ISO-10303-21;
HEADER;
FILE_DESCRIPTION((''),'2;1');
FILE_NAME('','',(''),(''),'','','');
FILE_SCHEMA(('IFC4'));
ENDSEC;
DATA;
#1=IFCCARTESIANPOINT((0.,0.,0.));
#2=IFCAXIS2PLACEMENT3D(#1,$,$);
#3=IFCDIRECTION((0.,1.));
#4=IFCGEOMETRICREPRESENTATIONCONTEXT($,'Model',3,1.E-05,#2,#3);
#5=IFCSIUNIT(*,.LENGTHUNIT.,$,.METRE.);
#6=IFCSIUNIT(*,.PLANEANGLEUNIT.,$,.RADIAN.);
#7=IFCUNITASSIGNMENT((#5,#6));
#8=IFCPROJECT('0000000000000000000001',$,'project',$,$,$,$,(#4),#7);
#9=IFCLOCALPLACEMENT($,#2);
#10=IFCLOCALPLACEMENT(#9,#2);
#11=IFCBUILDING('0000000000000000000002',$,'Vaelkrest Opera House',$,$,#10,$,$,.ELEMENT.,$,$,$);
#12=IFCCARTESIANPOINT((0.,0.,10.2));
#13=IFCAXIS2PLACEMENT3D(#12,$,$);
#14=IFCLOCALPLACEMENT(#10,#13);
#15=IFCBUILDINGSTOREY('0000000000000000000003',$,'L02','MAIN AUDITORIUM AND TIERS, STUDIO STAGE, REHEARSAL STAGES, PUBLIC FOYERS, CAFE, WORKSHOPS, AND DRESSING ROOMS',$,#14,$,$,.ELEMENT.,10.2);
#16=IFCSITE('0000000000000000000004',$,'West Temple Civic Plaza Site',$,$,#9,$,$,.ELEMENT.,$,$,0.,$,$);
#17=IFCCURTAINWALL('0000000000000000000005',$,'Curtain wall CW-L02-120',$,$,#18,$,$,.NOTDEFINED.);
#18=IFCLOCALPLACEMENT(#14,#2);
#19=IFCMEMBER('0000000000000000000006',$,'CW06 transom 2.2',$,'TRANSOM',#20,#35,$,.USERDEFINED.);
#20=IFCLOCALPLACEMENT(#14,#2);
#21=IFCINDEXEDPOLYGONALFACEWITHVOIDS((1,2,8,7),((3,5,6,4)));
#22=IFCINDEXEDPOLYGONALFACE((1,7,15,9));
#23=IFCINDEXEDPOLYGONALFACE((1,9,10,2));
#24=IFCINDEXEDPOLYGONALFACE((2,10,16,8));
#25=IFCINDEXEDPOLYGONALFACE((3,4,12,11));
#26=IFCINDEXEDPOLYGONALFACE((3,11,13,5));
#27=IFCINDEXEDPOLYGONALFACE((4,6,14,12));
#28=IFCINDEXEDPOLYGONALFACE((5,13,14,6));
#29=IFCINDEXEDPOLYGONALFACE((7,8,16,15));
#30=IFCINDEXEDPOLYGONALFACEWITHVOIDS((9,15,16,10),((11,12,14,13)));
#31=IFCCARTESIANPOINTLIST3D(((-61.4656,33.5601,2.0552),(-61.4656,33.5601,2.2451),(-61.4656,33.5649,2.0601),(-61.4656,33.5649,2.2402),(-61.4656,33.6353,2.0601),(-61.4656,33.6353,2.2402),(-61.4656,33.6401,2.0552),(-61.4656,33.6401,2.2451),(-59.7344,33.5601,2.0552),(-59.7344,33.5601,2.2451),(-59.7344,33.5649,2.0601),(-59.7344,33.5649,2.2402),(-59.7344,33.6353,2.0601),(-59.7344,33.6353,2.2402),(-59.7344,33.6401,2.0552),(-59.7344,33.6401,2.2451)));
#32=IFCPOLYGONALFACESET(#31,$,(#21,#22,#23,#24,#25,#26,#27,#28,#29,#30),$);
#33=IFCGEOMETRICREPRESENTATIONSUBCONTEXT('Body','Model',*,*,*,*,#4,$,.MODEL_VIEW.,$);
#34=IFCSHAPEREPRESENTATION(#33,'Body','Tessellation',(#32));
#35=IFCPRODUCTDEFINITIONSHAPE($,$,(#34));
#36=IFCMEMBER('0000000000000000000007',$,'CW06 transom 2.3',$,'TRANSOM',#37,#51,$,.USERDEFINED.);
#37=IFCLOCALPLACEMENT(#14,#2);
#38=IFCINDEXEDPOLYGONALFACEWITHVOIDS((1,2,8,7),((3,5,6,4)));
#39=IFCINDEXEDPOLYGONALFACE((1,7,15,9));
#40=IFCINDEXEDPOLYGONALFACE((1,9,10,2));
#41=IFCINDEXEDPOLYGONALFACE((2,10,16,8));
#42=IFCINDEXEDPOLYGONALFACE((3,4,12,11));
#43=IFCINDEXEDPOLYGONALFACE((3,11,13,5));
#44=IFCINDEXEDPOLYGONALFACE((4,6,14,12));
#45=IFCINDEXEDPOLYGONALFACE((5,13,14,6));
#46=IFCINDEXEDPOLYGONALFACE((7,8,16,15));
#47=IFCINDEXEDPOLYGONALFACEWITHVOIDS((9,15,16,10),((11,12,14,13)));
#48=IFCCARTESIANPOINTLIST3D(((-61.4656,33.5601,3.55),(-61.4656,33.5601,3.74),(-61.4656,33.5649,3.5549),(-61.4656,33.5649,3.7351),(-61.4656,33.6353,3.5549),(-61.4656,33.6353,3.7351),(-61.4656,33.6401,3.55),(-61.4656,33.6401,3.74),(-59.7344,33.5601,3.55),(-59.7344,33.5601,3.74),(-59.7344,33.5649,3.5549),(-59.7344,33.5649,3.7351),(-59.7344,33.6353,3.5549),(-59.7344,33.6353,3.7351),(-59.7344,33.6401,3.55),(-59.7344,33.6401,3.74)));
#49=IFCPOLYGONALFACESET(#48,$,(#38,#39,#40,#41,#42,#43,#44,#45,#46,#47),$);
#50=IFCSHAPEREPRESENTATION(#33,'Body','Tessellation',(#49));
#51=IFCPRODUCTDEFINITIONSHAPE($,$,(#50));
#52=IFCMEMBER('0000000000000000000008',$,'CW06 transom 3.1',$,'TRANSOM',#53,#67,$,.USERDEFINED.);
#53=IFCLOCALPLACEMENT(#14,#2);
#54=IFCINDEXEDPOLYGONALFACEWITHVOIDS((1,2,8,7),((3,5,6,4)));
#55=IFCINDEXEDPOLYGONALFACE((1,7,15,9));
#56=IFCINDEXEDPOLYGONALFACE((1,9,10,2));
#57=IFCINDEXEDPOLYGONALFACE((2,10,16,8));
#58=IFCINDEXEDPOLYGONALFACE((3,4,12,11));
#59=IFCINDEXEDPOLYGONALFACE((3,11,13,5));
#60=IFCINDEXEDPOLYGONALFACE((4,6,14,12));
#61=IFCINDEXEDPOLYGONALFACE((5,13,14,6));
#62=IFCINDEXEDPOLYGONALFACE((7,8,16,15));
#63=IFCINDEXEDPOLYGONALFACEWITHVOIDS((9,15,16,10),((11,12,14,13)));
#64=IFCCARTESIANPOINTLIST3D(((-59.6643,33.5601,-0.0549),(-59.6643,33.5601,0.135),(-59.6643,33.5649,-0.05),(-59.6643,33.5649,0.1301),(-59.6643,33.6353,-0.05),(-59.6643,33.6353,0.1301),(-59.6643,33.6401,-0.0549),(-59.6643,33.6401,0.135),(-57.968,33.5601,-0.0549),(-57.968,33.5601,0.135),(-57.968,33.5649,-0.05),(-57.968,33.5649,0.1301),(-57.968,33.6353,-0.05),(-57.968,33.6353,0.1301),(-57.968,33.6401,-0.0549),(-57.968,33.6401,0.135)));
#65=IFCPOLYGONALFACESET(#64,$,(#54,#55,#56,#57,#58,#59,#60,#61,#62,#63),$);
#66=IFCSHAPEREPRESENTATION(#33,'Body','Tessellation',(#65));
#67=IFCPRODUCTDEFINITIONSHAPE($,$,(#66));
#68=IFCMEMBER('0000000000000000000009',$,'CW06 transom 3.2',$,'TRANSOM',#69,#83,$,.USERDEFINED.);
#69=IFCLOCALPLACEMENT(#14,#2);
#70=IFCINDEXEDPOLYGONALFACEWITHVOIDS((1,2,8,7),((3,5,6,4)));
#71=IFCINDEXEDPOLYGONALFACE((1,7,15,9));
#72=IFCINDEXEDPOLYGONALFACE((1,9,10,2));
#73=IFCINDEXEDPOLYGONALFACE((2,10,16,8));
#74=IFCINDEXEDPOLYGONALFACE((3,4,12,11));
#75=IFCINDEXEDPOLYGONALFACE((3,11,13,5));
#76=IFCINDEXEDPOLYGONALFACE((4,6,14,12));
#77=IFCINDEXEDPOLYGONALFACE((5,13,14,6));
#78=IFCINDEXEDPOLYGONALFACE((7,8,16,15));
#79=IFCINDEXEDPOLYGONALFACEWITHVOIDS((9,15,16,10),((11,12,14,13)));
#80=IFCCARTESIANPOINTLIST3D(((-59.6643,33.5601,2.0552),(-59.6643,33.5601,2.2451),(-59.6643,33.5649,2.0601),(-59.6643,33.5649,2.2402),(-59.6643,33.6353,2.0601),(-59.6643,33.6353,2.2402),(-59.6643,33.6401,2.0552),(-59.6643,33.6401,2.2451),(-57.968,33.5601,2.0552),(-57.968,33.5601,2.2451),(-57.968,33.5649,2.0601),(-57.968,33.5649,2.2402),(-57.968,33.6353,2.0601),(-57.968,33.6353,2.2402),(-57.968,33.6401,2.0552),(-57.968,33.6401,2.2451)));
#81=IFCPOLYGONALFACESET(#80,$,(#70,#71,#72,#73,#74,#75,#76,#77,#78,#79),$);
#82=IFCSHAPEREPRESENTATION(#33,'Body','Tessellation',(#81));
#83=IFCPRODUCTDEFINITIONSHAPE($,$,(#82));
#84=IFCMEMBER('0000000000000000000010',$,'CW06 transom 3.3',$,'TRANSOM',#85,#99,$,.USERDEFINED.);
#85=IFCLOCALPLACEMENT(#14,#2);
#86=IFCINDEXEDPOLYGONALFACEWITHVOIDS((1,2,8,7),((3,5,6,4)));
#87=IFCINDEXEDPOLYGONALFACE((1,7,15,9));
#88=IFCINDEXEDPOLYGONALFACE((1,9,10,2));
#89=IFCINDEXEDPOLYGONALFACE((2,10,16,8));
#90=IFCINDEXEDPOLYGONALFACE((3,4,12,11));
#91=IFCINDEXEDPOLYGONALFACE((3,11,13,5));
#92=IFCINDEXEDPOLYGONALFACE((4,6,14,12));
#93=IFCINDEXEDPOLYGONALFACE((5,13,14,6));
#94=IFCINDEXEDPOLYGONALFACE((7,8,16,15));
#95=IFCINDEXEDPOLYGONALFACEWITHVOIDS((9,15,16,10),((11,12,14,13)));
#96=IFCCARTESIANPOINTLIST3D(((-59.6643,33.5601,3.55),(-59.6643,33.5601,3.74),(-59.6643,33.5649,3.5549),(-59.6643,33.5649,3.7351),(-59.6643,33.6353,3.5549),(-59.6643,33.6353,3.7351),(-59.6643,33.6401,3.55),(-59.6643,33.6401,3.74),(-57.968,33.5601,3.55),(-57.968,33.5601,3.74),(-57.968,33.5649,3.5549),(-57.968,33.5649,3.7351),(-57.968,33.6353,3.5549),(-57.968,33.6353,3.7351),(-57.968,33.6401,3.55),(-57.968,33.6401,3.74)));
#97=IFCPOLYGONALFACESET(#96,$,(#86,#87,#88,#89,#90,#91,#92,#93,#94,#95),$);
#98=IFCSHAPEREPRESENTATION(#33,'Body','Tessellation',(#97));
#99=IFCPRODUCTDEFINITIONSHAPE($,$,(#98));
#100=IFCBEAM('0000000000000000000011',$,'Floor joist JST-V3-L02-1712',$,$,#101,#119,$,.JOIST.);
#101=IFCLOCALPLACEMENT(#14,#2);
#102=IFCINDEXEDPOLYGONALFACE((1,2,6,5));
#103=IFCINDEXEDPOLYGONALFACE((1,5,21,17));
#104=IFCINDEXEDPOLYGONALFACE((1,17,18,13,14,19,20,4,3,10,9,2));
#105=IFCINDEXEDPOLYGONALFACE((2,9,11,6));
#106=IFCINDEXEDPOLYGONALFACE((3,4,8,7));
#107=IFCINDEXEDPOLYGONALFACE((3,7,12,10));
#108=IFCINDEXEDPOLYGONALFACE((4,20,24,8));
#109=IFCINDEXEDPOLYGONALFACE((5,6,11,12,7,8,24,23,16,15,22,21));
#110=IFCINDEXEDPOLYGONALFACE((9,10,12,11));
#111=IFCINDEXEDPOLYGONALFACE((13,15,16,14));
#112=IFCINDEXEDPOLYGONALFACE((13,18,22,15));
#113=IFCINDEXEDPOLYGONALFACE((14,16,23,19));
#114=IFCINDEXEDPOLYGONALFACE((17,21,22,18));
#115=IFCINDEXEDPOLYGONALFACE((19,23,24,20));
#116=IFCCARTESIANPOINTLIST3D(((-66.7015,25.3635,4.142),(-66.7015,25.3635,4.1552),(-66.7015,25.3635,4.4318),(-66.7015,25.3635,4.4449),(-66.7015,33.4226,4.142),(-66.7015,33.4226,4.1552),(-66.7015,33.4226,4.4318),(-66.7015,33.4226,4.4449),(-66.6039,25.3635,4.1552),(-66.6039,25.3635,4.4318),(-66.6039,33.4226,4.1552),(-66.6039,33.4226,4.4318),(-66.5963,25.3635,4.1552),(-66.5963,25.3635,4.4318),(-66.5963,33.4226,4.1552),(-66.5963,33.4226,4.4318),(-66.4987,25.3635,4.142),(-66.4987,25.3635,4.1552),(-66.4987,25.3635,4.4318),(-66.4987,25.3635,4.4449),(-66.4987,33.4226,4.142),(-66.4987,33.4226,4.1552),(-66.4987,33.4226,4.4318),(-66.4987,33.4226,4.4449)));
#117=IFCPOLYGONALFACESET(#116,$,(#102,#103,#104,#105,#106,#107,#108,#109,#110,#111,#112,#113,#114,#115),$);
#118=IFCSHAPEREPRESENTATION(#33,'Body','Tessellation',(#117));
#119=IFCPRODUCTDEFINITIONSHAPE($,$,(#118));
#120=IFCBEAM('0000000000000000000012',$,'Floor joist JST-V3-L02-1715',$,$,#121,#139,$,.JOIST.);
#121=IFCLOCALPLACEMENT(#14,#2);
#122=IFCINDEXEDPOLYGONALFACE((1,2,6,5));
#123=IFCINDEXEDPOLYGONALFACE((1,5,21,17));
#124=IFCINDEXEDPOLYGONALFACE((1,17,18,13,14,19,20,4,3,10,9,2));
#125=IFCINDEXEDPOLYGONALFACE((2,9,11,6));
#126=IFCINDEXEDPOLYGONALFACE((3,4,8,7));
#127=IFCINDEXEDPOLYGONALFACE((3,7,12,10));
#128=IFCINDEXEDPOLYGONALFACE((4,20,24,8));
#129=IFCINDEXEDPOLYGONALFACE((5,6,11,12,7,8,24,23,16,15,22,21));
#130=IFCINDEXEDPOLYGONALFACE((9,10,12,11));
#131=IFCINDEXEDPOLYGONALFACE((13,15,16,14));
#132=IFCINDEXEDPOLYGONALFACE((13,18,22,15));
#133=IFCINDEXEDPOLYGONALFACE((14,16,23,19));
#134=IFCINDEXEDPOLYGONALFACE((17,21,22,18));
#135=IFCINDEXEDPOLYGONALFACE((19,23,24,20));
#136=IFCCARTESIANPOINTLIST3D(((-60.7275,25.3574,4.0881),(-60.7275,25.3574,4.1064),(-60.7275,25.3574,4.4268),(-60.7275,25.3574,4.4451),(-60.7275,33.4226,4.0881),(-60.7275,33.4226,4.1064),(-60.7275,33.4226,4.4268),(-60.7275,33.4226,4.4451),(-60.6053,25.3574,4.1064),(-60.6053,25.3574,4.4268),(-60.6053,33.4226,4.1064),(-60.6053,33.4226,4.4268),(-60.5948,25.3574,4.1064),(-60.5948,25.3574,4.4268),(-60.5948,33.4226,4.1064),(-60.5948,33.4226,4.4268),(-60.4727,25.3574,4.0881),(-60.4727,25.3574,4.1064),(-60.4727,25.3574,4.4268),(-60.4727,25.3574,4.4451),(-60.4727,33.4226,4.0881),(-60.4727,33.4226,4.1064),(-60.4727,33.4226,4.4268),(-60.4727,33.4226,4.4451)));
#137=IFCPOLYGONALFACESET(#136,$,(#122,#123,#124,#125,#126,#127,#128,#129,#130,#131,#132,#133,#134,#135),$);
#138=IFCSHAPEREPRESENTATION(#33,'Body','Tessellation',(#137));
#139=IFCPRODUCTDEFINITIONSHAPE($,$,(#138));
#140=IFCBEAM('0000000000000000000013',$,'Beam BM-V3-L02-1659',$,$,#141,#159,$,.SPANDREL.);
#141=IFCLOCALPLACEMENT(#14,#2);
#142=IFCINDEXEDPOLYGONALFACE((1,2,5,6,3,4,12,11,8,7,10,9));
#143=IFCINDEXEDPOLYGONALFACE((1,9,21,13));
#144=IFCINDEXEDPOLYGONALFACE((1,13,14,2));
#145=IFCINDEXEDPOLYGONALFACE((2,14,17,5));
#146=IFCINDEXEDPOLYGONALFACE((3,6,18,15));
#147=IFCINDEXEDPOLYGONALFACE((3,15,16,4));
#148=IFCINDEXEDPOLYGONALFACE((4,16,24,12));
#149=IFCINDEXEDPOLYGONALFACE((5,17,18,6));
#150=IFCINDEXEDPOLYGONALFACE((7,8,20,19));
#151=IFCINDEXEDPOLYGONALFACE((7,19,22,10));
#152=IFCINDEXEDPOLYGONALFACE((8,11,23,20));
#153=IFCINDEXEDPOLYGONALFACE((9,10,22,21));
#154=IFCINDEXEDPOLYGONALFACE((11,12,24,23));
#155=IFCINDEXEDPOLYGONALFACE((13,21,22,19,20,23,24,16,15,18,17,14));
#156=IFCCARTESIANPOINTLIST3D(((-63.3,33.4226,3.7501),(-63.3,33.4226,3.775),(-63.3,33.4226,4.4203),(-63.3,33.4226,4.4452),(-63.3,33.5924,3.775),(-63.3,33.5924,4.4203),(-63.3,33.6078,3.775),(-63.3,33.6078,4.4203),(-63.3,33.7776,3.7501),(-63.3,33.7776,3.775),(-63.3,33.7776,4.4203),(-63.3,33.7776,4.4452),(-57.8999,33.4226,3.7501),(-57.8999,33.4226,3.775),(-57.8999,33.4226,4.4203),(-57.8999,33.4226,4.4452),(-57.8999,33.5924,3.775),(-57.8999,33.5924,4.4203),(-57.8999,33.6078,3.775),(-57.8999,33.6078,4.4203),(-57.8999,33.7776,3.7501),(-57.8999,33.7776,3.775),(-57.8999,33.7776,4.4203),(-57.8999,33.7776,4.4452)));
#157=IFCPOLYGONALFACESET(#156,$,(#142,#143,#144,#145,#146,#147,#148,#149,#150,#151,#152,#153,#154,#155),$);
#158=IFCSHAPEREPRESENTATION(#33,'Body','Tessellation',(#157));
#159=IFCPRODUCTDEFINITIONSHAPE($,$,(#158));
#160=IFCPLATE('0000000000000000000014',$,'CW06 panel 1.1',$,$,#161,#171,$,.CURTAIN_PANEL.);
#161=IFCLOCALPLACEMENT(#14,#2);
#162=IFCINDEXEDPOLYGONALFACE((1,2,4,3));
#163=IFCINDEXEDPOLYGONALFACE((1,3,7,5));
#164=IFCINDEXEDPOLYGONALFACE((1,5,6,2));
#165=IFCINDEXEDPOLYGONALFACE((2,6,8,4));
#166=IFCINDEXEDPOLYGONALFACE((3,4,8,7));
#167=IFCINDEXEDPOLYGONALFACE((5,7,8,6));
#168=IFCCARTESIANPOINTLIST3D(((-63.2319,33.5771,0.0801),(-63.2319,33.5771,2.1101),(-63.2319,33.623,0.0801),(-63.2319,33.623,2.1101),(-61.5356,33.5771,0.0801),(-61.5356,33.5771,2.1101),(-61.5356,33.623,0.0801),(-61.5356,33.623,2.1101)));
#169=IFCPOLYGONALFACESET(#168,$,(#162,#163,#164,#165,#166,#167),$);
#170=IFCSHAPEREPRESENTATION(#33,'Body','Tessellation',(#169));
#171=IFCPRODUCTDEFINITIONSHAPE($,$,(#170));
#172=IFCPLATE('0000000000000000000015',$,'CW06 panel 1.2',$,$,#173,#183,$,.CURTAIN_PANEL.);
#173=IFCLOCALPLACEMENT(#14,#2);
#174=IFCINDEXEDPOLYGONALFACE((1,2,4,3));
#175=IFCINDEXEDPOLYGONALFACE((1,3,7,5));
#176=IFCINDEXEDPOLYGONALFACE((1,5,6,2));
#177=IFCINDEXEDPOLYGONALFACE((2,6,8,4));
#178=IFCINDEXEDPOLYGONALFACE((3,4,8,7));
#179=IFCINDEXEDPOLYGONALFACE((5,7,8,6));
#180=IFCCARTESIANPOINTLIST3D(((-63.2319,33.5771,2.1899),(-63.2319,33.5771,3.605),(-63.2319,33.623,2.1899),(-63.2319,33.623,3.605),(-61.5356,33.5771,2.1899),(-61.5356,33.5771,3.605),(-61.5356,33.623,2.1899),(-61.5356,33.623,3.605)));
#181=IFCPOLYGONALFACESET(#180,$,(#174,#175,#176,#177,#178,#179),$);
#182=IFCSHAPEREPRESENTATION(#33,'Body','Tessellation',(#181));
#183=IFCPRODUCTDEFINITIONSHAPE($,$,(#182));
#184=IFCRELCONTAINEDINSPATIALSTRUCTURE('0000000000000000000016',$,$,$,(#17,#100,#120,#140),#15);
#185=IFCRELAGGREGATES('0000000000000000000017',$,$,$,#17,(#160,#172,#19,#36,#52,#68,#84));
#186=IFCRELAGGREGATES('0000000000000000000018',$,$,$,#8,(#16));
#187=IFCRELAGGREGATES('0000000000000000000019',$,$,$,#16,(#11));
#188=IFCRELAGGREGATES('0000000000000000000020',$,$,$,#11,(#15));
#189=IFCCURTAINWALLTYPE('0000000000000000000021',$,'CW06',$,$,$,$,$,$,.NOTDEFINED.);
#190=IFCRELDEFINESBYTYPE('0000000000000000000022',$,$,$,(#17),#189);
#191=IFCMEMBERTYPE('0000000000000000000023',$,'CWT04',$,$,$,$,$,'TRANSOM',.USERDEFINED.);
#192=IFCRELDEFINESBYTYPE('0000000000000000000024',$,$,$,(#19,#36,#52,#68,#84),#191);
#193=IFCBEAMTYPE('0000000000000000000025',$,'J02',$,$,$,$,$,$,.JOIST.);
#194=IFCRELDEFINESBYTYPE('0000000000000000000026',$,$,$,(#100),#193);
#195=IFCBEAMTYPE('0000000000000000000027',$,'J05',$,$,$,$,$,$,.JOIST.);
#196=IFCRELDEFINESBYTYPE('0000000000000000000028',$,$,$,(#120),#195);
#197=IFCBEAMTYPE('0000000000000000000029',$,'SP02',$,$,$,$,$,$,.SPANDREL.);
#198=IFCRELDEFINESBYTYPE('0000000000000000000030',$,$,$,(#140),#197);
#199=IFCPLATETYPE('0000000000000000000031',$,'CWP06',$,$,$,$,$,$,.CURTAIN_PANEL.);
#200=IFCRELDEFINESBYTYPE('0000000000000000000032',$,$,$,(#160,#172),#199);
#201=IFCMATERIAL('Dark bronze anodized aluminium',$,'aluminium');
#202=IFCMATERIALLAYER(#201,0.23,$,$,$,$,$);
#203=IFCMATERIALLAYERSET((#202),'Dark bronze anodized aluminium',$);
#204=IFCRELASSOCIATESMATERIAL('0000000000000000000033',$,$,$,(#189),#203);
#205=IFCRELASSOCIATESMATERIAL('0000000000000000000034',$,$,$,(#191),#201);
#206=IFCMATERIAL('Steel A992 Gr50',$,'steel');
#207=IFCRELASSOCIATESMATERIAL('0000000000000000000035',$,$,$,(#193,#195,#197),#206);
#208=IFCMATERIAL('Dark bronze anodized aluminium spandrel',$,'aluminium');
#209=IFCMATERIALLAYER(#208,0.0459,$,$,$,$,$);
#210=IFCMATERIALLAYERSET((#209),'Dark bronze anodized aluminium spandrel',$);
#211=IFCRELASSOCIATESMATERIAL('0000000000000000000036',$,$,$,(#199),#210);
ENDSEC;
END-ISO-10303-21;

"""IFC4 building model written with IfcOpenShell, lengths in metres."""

from ifc_helpers import new_model, si_unit, direction, frame, origin, origin_2d, place, context, subcontext, project, spatial, rectangle, hollow_rectangle, i_section, extrude, material, layer, layer_set, material_profile, profile_set, type_object, element, aggregate, save


model = new_model("IFC4")

# Units and contexts
model_context = context("Model", 3, precision=1e-05, world=origin(), true_north=direction((0.0, 1.0)))
body_context = subcontext(model_context, "Body", "Model", "MODEL_VIEW")
ifc_project = project(units=[si_unit("LENGTHUNIT", "METRE"), si_unit("PLANEANGLEUNIT", "RADIAN")], contexts=[model_context])

# Site, building, storey
site_placement = place(None, origin())
site = spatial("IfcSite", under=ifc_project, at=site_placement, Name="West Temple Civic Plaza Site", CompositionType="ELEMENT", RefElevation=0.0)
building_placement = place(site_placement, origin())
building = spatial("IfcBuilding", under=site, at=building_placement, Name="Vaelkrest Opera House", CompositionType="ELEMENT")
storey_placement = place(building_placement, frame((0.0, 0.0, 10.2)))
storey = spatial("IfcBuildingStorey", under=building, at=storey_placement, Name="L02", Description="MAIN AUDITORIUM AND TIERS, STUDIO STAGE, REHEARSAL STAGES, PUBLIC FOYERS, CAFE, WORKSHOPS, AND DRESSING ROOMS", CompositionType="ELEMENT", Elevation=10.2)

# Shared definitions
ifc_material_1 = material(Name="Steel A992 Gr50", Category="steel")

# Curtain wall, members
ifc_material_2 = material(Name="Dark bronze anodized aluminium", Category="aluminium")
ifc_layer_1 = layer(ifc_material_2, 0.23)
ifc_layer_set_1 = layer_set([ifc_layer_1], Name="Dark bronze anodized aluminium")
curtain_wall_type = type_object("IfcCurtainWallType", Name="CW06", PredefinedType="NOTDEFINED", material=ifc_layer_set_1)
curtain_wall_placement = place(storey_placement, origin())
curtain_wall = element("IfcCurtainWall", 1, at=curtain_wall_placement, inside=storey, type_object=curtain_wall_type, Name="Curtain wall CW-L02-120", PredefinedType="NOTDEFINED")
ifc_material_profile_1 = material_profile(ifc_material_2, hollow_rectangle(XDim=0.0801, YDim=0.1899, WallThickness=0.0049, at=origin_2d()), Name="CWT80X190")
ifc_profile_set_1 = profile_set([ifc_material_profile_1], Name="Dark bronze anodized aluminium")
member_type_1 = type_object("IfcMemberType", Name="CWT04", ElementType="TRANSOM", PredefinedType="USERDEFINED", material=ifc_profile_set_1)
member_1_placement = place(storey_placement, frame((-61.4656, 33.6001, 2.1501), z_axis=(1.0, 0.0, 0.0), x_axis=(0.0, 1.0, 0.0)))
member_1 = element("IfcMember", 2, at=member_1_placement, type_object=member_type_1, Name="CW06 transom 2.2", ObjectType="TRANSOM", PredefinedType="USERDEFINED", context=body_context, shape_type="SweptSolid", body=[
    extrude(hollow_rectangle(XDim=0.0801, YDim=0.1899, WallThickness=0.0049, at=origin_2d()), origin(), (0.0, 0.0, 1.0), 1.7312),
])
member_2_placement = place(storey_placement, frame((-61.4656, 33.6001, 3.645), z_axis=(1.0, 0.0, 0.0), x_axis=(0.0, 1.0, 0.0)))
member_2 = element("IfcMember", 3, at=member_2_placement, type_object=member_type_1, Name="CW06 transom 2.3", ObjectType="TRANSOM", PredefinedType="USERDEFINED", context=body_context, shape_type="SweptSolid", body=[
    extrude(hollow_rectangle(XDim=0.0801, YDim=0.1899, WallThickness=0.0049, at=origin_2d()), origin(), (0.0, 0.0, 1.0), 1.7312),
])
member_3_placement = place(storey_placement, frame((-59.6643, 33.6001, 0.04), z_axis=(1.0, 0.0, 0.0), x_axis=(0.0, 1.0, 0.0)))
member_3 = element("IfcMember", 4, at=member_3_placement, type_object=member_type_1, Name="CW06 transom 3.1", ObjectType="TRANSOM", PredefinedType="USERDEFINED", context=body_context, shape_type="SweptSolid", body=[
    extrude(hollow_rectangle(XDim=0.0801, YDim=0.1899, WallThickness=0.0049, at=origin_2d()), origin(), (0.0, 0.0, 1.0), 1.6963),
])
member_4_placement = place(storey_placement, frame((-59.6643, 33.6001, 2.1501), z_axis=(1.0, 0.0, 0.0), x_axis=(0.0, 1.0, 0.0)))
member_4 = element("IfcMember", 5, at=member_4_placement, type_object=member_type_1, Name="CW06 transom 3.2", ObjectType="TRANSOM", PredefinedType="USERDEFINED", context=body_context, shape_type="SweptSolid", body=[
    extrude(hollow_rectangle(XDim=0.0801, YDim=0.1899, WallThickness=0.0049, at=origin_2d()), origin(), (0.0, 0.0, 1.0), 1.6963),
])
member_5_placement = place(storey_placement, frame((-59.6643, 33.6001, 3.645), z_axis=(1.0, 0.0, 0.0), x_axis=(0.0, 1.0, 0.0)))
member_5 = element("IfcMember", 6, at=member_5_placement, type_object=member_type_1, Name="CW06 transom 3.3", ObjectType="TRANSOM", PredefinedType="USERDEFINED", context=body_context, shape_type="SweptSolid", body=[
    extrude(hollow_rectangle(XDim=0.0801, YDim=0.1899, WallThickness=0.0049, at=origin_2d()), origin(), (0.0, 0.0, 1.0), 1.6963),
])

# Beams
ifc_material_profile_2 = material_profile(ifc_material_1, i_section(OverallWidth=0.2029, OverallDepth=0.303, WebThickness=0.0076, FlangeThickness=0.0132, at=origin_2d()), Name="W12X40")
ifc_profile_set_2 = profile_set([ifc_material_profile_2], Name="Steel A992 Gr50")
beam_type_1 = type_object("IfcBeamType", Name="J02", PredefinedType="JOIST", material=ifc_profile_set_2)
beam_1_placement = place(storey_placement, frame((-66.6001, 25.3635, 4.2935), z_axis=(0.0, 1.0, 0.0), x_axis=(-1.0, 0.0, 0.0)))
element("IfcBeam", 7, at=beam_1_placement, inside=storey, type_object=beam_type_1, Name="Floor joist JST-V3-L02-1712", PredefinedType="JOIST", context=body_context, shape_type="SweptSolid", body=[
    extrude(i_section(OverallWidth=0.2029, OverallDepth=0.303, WebThickness=0.0076, FlangeThickness=0.0132, at=origin_2d()), origin(), (0.0, 0.0, 1.0), 8.0591),
])
ifc_material_profile_3 = material_profile(ifc_material_1, i_section(OverallWidth=0.2549, OverallDepth=0.3569, WebThickness=0.0105, FlangeThickness=0.0183, at=origin_2d()), Name="W14X68")
ifc_profile_set_3 = profile_set([ifc_material_profile_3], Name="Steel A992 Gr50")
beam_type_2 = type_object("IfcBeamType", Name="J05", PredefinedType="JOIST", material=ifc_profile_set_3)
beam_2_placement = place(storey_placement, frame((-60.6001, 25.3574, 4.2666), z_axis=(0.0, 1.0, 0.0), x_axis=(-1.0, 0.0, 0.0)))
element("IfcBeam", 8, at=beam_2_placement, inside=storey, type_object=beam_type_2, Name="Floor joist JST-V3-L02-1715", PredefinedType="JOIST", context=body_context, shape_type="SweptSolid", body=[
    extrude(i_section(OverallWidth=0.2549, OverallDepth=0.3569, WebThickness=0.0105, FlangeThickness=0.0183, at=origin_2d()), origin(), (0.0, 0.0, 1.0), 8.0652),
])
ifc_material_profile_4 = material_profile(ifc_material_1, i_section(OverallWidth=0.355, OverallDepth=0.6951, WebThickness=0.0154, FlangeThickness=0.0249, at=origin_2d()), Name="W27X146")
ifc_profile_set_4 = profile_set([ifc_material_profile_4], Name="Steel A992 Gr50")
beam_type_3 = type_object("IfcBeamType", Name="SP02", PredefinedType="SPANDREL", material=ifc_profile_set_4)
beam_3_placement = place(storey_placement, frame((-63.3, 33.6001, 4.0977), z_axis=(1.0, 0.0, 0.0), x_axis=(0.0, 1.0, 0.0)))
element("IfcBeam", 9, at=beam_3_placement, inside=storey, type_object=beam_type_3, Name="Beam BM-V3-L02-1659", PredefinedType="SPANDREL", context=body_context, shape_type="SweptSolid", body=[
    extrude(i_section(OverallWidth=0.355, OverallDepth=0.6951, WebThickness=0.0154, FlangeThickness=0.0249, at=origin_2d()), origin(), (0.0, 0.0, 1.0), 5.4001),
])

# Plates
ifc_material_3 = material(Name="Dark bronze anodized aluminium spandrel", Category="aluminium")
ifc_layer_2 = layer(ifc_material_3, 0.0459)
ifc_layer_set_2 = layer_set([ifc_layer_2], Name="Dark bronze anodized aluminium spandrel")
plate_type = type_object("IfcPlateType", Name="CWP06", PredefinedType="CURTAIN_PANEL", material=ifc_layer_set_2)
plate_1_placement = place(storey_placement, frame((-62.3838, 33.6001, 0.0801), z_axis=(0.0, 0.0, 1.0), x_axis=(1.0, 0.0, 0.0)))
plate_1 = element("IfcPlate", 10, at=plate_1_placement, type_object=plate_type, Name="CW06 panel 1.1", PredefinedType="CURTAIN_PANEL", context=body_context, shape_type="SweptSolid", body=[
    extrude(rectangle(XDim=1.6963, YDim=0.0459, at=origin_2d()), origin(), (0.0, 0.0, 1.0), 2.03),
])
plate_2_placement = place(storey_placement, frame((-62.3838, 33.6001, 2.1899), z_axis=(0.0, 0.0, 1.0), x_axis=(1.0, 0.0, 0.0)))
plate_2 = element("IfcPlate", 11, at=plate_2_placement, type_object=plate_type, Name="CW06 panel 1.2", PredefinedType="CURTAIN_PANEL", context=body_context, shape_type="SweptSolid", body=[
    extrude(rectangle(XDim=1.6963, YDim=0.0459, at=origin_2d()), origin(), (0.0, 0.0, 1.0), 1.415),
])
aggregate(curtain_wall, [plate_1, plate_2, member_1, member_2, member_3, member_4, member_5])

save(model, "model.ifc")
